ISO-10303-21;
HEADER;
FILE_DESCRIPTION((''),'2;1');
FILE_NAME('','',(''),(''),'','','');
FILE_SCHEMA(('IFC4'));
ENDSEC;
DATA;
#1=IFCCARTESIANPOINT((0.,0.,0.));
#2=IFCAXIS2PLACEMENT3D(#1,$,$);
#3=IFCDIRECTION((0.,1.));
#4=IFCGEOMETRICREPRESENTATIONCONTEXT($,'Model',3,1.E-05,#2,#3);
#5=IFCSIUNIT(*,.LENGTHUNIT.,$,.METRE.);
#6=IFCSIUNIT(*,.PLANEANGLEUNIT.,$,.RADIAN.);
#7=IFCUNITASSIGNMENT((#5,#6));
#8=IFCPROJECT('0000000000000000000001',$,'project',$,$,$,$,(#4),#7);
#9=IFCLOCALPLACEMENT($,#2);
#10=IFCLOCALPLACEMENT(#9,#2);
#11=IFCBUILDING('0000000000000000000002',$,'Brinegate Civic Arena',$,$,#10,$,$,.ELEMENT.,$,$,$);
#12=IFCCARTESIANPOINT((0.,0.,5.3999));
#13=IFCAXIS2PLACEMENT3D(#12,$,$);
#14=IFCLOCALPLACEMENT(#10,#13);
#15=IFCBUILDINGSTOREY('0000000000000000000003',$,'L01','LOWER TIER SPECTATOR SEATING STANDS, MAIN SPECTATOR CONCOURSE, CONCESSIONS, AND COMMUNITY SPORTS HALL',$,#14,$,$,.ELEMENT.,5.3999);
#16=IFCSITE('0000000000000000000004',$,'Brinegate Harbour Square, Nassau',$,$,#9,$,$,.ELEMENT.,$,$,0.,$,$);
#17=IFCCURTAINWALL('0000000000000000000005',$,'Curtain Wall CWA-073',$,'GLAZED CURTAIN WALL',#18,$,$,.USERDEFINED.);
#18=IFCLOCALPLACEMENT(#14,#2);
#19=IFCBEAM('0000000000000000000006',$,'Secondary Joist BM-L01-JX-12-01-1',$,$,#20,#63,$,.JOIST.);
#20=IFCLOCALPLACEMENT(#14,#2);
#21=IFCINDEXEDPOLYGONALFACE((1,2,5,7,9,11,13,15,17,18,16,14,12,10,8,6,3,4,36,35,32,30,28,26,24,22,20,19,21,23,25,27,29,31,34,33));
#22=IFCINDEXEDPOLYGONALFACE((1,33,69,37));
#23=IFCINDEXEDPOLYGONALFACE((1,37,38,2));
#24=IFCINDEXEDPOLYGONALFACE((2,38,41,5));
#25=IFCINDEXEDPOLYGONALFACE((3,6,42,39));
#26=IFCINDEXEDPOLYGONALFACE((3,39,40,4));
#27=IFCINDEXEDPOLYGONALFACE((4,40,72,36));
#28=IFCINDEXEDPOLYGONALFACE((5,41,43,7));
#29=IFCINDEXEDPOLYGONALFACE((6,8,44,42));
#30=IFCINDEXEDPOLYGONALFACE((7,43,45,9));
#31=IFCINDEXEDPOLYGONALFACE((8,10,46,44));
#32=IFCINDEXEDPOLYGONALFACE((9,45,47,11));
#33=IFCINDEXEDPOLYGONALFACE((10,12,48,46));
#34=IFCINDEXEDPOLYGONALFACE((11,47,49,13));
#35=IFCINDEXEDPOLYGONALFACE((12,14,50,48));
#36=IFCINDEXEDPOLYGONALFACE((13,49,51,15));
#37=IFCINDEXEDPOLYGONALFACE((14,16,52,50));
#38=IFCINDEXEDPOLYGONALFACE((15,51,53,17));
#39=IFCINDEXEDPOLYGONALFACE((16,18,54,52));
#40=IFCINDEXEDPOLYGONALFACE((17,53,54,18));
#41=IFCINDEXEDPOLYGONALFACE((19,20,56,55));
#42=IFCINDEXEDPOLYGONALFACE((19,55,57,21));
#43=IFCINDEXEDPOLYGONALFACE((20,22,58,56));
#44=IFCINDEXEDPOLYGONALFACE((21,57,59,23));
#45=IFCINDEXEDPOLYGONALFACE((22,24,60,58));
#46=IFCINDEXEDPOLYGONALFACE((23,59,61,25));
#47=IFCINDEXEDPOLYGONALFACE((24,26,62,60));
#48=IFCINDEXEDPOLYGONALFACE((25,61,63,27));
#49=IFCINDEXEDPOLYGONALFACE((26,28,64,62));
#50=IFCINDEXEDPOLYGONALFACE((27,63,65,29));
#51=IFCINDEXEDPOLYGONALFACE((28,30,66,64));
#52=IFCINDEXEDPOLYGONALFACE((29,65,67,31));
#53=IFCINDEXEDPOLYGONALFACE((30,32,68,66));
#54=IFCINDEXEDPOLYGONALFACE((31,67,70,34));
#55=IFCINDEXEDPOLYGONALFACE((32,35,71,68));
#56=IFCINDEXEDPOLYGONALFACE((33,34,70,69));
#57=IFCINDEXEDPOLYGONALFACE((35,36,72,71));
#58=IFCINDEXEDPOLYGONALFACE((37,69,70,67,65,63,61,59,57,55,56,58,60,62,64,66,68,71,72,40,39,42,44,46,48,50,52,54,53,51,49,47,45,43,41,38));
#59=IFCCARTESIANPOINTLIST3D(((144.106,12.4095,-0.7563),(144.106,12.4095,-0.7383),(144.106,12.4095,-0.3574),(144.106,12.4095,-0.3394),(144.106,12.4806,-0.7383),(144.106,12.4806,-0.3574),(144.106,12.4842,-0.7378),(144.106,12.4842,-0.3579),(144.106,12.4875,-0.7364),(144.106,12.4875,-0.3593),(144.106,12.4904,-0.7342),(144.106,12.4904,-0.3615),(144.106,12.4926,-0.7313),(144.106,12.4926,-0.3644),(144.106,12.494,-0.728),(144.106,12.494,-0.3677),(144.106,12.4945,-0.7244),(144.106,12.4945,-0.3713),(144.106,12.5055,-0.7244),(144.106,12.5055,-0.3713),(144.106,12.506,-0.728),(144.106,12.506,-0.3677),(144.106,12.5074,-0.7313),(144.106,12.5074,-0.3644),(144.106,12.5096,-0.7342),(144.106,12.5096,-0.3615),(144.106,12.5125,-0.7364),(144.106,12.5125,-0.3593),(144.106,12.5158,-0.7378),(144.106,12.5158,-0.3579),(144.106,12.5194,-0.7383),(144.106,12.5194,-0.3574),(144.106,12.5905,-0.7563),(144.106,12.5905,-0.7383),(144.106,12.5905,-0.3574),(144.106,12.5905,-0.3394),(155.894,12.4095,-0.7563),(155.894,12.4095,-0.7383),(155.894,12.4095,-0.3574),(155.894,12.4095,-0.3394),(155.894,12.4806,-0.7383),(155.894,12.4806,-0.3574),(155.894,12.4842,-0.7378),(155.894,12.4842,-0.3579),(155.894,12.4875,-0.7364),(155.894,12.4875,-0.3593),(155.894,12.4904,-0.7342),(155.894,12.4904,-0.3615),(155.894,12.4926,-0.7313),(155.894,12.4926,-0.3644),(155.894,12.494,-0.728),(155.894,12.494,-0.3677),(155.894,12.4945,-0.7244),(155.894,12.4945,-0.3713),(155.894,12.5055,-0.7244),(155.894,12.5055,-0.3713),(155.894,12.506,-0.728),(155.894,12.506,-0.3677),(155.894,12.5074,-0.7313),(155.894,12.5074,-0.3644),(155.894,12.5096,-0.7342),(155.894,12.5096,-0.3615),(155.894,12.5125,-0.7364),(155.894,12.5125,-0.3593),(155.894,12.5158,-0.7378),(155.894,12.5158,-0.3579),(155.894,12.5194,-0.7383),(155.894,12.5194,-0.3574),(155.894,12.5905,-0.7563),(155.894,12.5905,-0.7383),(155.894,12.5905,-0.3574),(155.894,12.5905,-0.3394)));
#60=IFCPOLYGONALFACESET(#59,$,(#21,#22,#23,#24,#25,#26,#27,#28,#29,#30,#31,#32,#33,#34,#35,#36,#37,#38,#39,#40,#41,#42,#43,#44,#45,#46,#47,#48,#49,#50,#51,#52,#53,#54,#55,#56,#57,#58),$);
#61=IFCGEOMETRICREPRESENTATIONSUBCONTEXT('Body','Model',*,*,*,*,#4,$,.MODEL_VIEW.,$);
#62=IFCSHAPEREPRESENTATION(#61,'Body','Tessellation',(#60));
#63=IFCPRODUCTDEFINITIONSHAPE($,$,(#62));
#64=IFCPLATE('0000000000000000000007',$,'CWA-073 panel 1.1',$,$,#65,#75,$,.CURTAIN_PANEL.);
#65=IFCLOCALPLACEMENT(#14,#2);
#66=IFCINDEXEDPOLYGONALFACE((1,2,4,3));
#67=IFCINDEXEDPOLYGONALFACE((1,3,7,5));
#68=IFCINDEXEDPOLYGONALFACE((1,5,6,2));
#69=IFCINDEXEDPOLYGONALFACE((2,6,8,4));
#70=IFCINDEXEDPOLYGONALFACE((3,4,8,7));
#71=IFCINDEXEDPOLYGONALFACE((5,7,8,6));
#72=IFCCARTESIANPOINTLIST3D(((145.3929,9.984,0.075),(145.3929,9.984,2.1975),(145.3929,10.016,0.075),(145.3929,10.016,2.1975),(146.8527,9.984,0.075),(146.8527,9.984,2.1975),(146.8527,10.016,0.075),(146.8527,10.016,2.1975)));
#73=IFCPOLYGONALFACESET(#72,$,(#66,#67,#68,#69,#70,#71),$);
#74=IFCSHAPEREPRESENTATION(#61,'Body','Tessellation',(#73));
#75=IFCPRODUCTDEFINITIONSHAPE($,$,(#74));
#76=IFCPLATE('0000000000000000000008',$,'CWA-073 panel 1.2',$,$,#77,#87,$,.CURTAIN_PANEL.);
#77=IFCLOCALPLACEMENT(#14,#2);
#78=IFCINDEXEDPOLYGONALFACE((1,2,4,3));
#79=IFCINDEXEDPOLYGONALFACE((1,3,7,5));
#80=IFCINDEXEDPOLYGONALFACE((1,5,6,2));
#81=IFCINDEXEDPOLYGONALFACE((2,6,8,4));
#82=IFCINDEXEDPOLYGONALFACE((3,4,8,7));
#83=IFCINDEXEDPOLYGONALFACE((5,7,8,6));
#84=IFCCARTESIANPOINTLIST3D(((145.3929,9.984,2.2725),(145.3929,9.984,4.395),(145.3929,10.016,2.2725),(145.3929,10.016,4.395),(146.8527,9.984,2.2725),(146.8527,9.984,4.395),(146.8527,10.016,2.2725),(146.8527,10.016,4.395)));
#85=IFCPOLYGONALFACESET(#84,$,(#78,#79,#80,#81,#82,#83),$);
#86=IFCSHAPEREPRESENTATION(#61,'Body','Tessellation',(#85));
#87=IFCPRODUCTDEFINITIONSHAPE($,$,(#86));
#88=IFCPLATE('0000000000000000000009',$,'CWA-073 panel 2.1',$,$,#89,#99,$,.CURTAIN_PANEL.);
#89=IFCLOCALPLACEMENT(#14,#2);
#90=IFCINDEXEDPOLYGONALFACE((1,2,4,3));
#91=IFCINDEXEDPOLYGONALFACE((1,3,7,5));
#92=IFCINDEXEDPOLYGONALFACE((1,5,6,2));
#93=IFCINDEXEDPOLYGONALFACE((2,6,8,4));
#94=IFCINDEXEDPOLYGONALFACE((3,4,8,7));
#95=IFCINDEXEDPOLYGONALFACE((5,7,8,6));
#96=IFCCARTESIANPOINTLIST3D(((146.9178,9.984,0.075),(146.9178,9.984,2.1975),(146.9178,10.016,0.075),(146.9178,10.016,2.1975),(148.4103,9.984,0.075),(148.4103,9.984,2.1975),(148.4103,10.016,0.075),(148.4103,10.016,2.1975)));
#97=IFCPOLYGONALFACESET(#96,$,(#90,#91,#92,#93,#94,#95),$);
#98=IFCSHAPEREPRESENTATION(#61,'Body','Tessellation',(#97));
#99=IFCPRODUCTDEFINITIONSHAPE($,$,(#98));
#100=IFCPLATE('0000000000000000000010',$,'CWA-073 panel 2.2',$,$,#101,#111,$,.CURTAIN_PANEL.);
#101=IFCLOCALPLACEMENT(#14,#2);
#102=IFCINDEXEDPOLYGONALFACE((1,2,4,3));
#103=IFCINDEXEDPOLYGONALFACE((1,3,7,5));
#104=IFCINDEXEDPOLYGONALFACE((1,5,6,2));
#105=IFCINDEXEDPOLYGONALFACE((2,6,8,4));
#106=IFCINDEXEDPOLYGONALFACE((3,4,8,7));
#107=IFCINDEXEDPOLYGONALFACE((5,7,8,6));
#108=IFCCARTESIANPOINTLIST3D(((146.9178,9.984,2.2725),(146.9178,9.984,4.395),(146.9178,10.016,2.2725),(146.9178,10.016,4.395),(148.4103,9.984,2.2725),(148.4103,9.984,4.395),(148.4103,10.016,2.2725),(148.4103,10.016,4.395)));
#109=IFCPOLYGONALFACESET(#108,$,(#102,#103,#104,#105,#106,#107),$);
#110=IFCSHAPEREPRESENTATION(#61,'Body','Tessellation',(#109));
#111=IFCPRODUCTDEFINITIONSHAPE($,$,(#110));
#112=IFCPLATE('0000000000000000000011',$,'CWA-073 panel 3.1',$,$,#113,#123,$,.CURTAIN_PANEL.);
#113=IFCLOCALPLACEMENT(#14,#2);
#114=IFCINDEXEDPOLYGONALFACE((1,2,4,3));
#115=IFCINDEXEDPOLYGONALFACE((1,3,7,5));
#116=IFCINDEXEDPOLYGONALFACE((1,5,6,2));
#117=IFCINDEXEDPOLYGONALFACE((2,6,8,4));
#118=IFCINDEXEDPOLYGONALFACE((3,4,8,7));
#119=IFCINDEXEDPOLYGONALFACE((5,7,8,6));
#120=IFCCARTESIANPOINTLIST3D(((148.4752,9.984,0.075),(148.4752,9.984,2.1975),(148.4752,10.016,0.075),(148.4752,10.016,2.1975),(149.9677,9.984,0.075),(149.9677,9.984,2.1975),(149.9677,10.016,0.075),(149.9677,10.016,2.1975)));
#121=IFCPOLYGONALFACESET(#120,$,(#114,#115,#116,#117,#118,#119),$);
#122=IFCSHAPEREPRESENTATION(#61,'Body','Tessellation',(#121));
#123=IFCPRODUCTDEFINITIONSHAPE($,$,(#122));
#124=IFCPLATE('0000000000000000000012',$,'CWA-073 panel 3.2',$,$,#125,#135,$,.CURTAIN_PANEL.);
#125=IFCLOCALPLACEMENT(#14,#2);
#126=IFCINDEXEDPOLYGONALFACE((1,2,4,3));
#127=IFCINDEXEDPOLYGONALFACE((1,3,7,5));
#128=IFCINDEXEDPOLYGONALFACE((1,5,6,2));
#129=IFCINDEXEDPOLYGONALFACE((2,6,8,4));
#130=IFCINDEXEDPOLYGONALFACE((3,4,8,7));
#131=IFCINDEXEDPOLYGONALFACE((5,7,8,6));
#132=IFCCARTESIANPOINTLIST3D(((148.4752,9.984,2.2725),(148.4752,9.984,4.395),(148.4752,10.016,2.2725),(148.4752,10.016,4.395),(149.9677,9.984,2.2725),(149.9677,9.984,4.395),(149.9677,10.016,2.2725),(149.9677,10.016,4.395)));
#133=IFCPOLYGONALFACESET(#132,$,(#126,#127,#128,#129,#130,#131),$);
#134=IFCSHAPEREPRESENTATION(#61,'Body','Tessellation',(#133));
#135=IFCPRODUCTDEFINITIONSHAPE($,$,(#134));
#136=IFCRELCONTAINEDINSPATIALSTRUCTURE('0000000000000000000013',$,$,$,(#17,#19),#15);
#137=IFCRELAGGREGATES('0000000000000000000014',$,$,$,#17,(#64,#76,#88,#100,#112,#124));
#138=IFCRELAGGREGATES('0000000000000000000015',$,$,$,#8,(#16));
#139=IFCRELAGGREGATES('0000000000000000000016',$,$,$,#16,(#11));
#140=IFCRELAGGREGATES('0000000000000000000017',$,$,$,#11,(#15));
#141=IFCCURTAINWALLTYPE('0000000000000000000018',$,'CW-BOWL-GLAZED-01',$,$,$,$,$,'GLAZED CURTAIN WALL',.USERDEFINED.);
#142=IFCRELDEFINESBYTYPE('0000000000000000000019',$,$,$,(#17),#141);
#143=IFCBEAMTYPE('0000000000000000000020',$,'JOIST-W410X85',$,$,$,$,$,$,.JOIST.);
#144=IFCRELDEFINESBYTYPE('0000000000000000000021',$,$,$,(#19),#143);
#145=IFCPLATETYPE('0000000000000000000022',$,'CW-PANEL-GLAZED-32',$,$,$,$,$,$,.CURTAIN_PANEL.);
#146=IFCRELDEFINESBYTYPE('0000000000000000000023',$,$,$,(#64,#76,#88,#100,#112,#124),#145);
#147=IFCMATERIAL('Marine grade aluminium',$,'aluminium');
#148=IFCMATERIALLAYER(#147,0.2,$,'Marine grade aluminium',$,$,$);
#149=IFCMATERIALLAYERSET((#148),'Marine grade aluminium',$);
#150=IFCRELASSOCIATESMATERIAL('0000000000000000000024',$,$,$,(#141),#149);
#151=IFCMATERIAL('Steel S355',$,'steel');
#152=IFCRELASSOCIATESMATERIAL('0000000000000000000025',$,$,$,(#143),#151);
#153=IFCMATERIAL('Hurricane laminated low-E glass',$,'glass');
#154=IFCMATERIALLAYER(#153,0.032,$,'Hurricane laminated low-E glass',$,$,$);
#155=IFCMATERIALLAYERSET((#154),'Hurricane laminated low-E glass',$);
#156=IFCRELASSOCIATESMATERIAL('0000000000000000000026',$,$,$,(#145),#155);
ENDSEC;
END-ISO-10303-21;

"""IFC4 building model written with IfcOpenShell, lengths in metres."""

from ifc_helpers import new_model, si_unit, direction, frame, origin, origin_2d, place, context, subcontext, project, spatial, rectangle, i_section, extrude, material, layer, layer_set, material_profile, profile_set, type_object, element, aggregate, save


model = new_model("IFC4")

# Units and contexts
model_context = context("Model", 3, precision=1e-05, world=origin(), true_north=direction((0.0, 1.0)))
body_context = subcontext(model_context, "Body", "Model", "MODEL_VIEW")
ifc_project = project(units=[si_unit("LENGTHUNIT", "METRE"), si_unit("PLANEANGLEUNIT", "RADIAN")], contexts=[model_context])

# Site, building, storey
site_placement = place(None, origin())
site = spatial("IfcSite", under=ifc_project, at=site_placement, Name="Brinegate Harbour Square, Nassau", CompositionType="ELEMENT", RefElevation=0.0)
building_placement = place(site_placement, origin())
building = spatial("IfcBuilding", under=site, at=building_placement, Name="Brinegate Civic Arena", CompositionType="ELEMENT")
storey_placement = place(building_placement, frame((0.0, 0.0, 5.3999)))
storey = spatial("IfcBuildingStorey", under=building, at=storey_placement, Name="L01", Description="LOWER TIER SPECTATOR SEATING STANDS, MAIN SPECTATOR CONCOURSE, CONCESSIONS, AND COMMUNITY SPORTS HALL", CompositionType="ELEMENT", Elevation=5.3999)

# Curtain wall
ifc_material_1 = material(Name="Marine grade aluminium", Category="aluminium")
ifc_layer_1 = layer(ifc_material_1, 0.2, Name="Marine grade aluminium")
ifc_layer_set_1 = layer_set([ifc_layer_1], Name="Marine grade aluminium")
curtain_wall_type = type_object("IfcCurtainWallType", Name="CW-BOWL-GLAZED-01", ElementType="GLAZED CURTAIN WALL", PredefinedType="USERDEFINED", material=ifc_layer_set_1)
curtain_wall_placement = place(storey_placement, origin())
curtain_wall = element("IfcCurtainWall", 1, at=curtain_wall_placement, inside=storey, type_object=curtain_wall_type, Name="Curtain Wall CWA-073", ObjectType="GLAZED CURTAIN WALL", PredefinedType="USERDEFINED")

# Beam
ifc_material_2 = material(Name="Steel S355", Category="steel")
ifc_material_profile_1 = material_profile(ifc_material_2, i_section(OverallWidth=0.1809, OverallDepth=0.417, WebThickness=0.011, FlangeThickness=0.0181, FilletRadius=0.0139, at=origin_2d()), Name="W410X85")
ifc_profile_set_1 = profile_set([ifc_material_profile_1], Name="Steel S355")
beam_type_1 = type_object("IfcBeamType", Name="JOIST-W410X85", PredefinedType="JOIST", material=ifc_profile_set_1)
beam_1_placement = place(storey_placement, frame((144.106, 12.5, -0.5479), z_axis=(1.0, 0.0, 0.0), x_axis=(0.0, 1.0, 0.0)))
element("IfcBeam", 2, at=beam_1_placement, inside=storey, type_object=beam_type_1, Name="Secondary Joist BM-L01-JX-12-01-1", PredefinedType="JOIST", context=body_context, shape_type="SweptSolid", body=[
    extrude(i_section(OverallWidth=0.1809, OverallDepth=0.417, WebThickness=0.011, FlangeThickness=0.0181, FilletRadius=0.0139, at=origin_2d()), origin(), (0.0, 0.0, 1.0), 11.7881),
])

# Plates
ifc_material_3 = material(Name="Hurricane laminated low-E glass", Category="glass")
ifc_layer_2 = layer(ifc_material_3, 0.032, Name="Hurricane laminated low-E glass")
ifc_layer_set_2 = layer_set([ifc_layer_2], Name="Hurricane laminated low-E glass")
plate_type = type_object("IfcPlateType", Name="CW-PANEL-GLAZED-32", PredefinedType="CURTAIN_PANEL", material=ifc_layer_set_2)
plate_1_placement = place(storey_placement, frame((146.1228, 10.0, 0.075), z_axis=(0.0, 0.0, 1.0), x_axis=(1.0, 0.0, 0.0)))
plate_1 = element("IfcPlate", 3, at=plate_1_placement, type_object=plate_type, Name="CWA-073 panel 1.1", PredefinedType="CURTAIN_PANEL", context=body_context, shape_type="SweptSolid", body=[
    extrude(rectangle(XDim=1.4597, YDim=0.032, at=origin_2d()), origin(), (0.0, 0.0, 1.0), 2.1226),
])
plate_2_placement = place(storey_placement, frame((146.1228, 10.0, 2.2725), z_axis=(0.0, 0.0, 1.0), x_axis=(1.0, 0.0, 0.0)))
plate_2 = element("IfcPlate", 4, at=plate_2_placement, type_object=plate_type, Name="CWA-073 panel 1.2", PredefinedType="CURTAIN_PANEL", context=body_context, shape_type="SweptSolid", body=[
    extrude(rectangle(XDim=1.4597, YDim=0.032, at=origin_2d()), origin(), (0.0, 0.0, 1.0), 2.1226),
])
plate_3_placement = place(storey_placement, frame((147.6641, 10.0, 0.075), z_axis=(0.0, 0.0, 1.0), x_axis=(1.0, 0.0, 0.0)))
plate_3 = element("IfcPlate", 5, at=plate_3_placement, type_object=plate_type, Name="CWA-073 panel 2.1", PredefinedType="CURTAIN_PANEL", context=body_context, shape_type="SweptSolid", body=[
    extrude(rectangle(XDim=1.4924, YDim=0.032, at=origin_2d()), origin(), (0.0, 0.0, 1.0), 2.1226),
])
plate_4_placement = place(storey_placement, frame((147.6641, 10.0, 2.2725), z_axis=(0.0, 0.0, 1.0), x_axis=(1.0, 0.0, 0.0)))
plate_4 = element("IfcPlate", 6, at=plate_4_placement, type_object=plate_type, Name="CWA-073 panel 2.2", PredefinedType="CURTAIN_PANEL", context=body_context, shape_type="SweptSolid", body=[
    extrude(rectangle(XDim=1.4924, YDim=0.032, at=origin_2d()), origin(), (0.0, 0.0, 1.0), 2.1226),
])
plate_5_placement = place(storey_placement, frame((149.2214, 10.0, 0.075), z_axis=(0.0, 0.0, 1.0), x_axis=(1.0, 0.0, 0.0)))
plate_5 = element("IfcPlate", 7, at=plate_5_placement, type_object=plate_type, Name="CWA-073 panel 3.1", PredefinedType="CURTAIN_PANEL", context=body_context, shape_type="SweptSolid", body=[
    extrude(rectangle(XDim=1.4924, YDim=0.032, at=origin_2d()), origin(), (0.0, 0.0, 1.0), 2.1226),
])
plate_6_placement = place(storey_placement, frame((149.2214, 10.0, 2.2725), z_axis=(0.0, 0.0, 1.0), x_axis=(1.0, 0.0, 0.0)))
plate_6 = element("IfcPlate", 8, at=plate_6_placement, type_object=plate_type, Name="CWA-073 panel 3.2", PredefinedType="CURTAIN_PANEL", context=body_context, shape_type="SweptSolid", body=[
    extrude(rectangle(XDim=1.4924, YDim=0.032, at=origin_2d()), origin(), (0.0, 0.0, 1.0), 2.1226),
])
aggregate(curtain_wall, [plate_1, plate_2, plate_3, plate_4, plate_5, plate_6])

save(model, "model.ifc")
